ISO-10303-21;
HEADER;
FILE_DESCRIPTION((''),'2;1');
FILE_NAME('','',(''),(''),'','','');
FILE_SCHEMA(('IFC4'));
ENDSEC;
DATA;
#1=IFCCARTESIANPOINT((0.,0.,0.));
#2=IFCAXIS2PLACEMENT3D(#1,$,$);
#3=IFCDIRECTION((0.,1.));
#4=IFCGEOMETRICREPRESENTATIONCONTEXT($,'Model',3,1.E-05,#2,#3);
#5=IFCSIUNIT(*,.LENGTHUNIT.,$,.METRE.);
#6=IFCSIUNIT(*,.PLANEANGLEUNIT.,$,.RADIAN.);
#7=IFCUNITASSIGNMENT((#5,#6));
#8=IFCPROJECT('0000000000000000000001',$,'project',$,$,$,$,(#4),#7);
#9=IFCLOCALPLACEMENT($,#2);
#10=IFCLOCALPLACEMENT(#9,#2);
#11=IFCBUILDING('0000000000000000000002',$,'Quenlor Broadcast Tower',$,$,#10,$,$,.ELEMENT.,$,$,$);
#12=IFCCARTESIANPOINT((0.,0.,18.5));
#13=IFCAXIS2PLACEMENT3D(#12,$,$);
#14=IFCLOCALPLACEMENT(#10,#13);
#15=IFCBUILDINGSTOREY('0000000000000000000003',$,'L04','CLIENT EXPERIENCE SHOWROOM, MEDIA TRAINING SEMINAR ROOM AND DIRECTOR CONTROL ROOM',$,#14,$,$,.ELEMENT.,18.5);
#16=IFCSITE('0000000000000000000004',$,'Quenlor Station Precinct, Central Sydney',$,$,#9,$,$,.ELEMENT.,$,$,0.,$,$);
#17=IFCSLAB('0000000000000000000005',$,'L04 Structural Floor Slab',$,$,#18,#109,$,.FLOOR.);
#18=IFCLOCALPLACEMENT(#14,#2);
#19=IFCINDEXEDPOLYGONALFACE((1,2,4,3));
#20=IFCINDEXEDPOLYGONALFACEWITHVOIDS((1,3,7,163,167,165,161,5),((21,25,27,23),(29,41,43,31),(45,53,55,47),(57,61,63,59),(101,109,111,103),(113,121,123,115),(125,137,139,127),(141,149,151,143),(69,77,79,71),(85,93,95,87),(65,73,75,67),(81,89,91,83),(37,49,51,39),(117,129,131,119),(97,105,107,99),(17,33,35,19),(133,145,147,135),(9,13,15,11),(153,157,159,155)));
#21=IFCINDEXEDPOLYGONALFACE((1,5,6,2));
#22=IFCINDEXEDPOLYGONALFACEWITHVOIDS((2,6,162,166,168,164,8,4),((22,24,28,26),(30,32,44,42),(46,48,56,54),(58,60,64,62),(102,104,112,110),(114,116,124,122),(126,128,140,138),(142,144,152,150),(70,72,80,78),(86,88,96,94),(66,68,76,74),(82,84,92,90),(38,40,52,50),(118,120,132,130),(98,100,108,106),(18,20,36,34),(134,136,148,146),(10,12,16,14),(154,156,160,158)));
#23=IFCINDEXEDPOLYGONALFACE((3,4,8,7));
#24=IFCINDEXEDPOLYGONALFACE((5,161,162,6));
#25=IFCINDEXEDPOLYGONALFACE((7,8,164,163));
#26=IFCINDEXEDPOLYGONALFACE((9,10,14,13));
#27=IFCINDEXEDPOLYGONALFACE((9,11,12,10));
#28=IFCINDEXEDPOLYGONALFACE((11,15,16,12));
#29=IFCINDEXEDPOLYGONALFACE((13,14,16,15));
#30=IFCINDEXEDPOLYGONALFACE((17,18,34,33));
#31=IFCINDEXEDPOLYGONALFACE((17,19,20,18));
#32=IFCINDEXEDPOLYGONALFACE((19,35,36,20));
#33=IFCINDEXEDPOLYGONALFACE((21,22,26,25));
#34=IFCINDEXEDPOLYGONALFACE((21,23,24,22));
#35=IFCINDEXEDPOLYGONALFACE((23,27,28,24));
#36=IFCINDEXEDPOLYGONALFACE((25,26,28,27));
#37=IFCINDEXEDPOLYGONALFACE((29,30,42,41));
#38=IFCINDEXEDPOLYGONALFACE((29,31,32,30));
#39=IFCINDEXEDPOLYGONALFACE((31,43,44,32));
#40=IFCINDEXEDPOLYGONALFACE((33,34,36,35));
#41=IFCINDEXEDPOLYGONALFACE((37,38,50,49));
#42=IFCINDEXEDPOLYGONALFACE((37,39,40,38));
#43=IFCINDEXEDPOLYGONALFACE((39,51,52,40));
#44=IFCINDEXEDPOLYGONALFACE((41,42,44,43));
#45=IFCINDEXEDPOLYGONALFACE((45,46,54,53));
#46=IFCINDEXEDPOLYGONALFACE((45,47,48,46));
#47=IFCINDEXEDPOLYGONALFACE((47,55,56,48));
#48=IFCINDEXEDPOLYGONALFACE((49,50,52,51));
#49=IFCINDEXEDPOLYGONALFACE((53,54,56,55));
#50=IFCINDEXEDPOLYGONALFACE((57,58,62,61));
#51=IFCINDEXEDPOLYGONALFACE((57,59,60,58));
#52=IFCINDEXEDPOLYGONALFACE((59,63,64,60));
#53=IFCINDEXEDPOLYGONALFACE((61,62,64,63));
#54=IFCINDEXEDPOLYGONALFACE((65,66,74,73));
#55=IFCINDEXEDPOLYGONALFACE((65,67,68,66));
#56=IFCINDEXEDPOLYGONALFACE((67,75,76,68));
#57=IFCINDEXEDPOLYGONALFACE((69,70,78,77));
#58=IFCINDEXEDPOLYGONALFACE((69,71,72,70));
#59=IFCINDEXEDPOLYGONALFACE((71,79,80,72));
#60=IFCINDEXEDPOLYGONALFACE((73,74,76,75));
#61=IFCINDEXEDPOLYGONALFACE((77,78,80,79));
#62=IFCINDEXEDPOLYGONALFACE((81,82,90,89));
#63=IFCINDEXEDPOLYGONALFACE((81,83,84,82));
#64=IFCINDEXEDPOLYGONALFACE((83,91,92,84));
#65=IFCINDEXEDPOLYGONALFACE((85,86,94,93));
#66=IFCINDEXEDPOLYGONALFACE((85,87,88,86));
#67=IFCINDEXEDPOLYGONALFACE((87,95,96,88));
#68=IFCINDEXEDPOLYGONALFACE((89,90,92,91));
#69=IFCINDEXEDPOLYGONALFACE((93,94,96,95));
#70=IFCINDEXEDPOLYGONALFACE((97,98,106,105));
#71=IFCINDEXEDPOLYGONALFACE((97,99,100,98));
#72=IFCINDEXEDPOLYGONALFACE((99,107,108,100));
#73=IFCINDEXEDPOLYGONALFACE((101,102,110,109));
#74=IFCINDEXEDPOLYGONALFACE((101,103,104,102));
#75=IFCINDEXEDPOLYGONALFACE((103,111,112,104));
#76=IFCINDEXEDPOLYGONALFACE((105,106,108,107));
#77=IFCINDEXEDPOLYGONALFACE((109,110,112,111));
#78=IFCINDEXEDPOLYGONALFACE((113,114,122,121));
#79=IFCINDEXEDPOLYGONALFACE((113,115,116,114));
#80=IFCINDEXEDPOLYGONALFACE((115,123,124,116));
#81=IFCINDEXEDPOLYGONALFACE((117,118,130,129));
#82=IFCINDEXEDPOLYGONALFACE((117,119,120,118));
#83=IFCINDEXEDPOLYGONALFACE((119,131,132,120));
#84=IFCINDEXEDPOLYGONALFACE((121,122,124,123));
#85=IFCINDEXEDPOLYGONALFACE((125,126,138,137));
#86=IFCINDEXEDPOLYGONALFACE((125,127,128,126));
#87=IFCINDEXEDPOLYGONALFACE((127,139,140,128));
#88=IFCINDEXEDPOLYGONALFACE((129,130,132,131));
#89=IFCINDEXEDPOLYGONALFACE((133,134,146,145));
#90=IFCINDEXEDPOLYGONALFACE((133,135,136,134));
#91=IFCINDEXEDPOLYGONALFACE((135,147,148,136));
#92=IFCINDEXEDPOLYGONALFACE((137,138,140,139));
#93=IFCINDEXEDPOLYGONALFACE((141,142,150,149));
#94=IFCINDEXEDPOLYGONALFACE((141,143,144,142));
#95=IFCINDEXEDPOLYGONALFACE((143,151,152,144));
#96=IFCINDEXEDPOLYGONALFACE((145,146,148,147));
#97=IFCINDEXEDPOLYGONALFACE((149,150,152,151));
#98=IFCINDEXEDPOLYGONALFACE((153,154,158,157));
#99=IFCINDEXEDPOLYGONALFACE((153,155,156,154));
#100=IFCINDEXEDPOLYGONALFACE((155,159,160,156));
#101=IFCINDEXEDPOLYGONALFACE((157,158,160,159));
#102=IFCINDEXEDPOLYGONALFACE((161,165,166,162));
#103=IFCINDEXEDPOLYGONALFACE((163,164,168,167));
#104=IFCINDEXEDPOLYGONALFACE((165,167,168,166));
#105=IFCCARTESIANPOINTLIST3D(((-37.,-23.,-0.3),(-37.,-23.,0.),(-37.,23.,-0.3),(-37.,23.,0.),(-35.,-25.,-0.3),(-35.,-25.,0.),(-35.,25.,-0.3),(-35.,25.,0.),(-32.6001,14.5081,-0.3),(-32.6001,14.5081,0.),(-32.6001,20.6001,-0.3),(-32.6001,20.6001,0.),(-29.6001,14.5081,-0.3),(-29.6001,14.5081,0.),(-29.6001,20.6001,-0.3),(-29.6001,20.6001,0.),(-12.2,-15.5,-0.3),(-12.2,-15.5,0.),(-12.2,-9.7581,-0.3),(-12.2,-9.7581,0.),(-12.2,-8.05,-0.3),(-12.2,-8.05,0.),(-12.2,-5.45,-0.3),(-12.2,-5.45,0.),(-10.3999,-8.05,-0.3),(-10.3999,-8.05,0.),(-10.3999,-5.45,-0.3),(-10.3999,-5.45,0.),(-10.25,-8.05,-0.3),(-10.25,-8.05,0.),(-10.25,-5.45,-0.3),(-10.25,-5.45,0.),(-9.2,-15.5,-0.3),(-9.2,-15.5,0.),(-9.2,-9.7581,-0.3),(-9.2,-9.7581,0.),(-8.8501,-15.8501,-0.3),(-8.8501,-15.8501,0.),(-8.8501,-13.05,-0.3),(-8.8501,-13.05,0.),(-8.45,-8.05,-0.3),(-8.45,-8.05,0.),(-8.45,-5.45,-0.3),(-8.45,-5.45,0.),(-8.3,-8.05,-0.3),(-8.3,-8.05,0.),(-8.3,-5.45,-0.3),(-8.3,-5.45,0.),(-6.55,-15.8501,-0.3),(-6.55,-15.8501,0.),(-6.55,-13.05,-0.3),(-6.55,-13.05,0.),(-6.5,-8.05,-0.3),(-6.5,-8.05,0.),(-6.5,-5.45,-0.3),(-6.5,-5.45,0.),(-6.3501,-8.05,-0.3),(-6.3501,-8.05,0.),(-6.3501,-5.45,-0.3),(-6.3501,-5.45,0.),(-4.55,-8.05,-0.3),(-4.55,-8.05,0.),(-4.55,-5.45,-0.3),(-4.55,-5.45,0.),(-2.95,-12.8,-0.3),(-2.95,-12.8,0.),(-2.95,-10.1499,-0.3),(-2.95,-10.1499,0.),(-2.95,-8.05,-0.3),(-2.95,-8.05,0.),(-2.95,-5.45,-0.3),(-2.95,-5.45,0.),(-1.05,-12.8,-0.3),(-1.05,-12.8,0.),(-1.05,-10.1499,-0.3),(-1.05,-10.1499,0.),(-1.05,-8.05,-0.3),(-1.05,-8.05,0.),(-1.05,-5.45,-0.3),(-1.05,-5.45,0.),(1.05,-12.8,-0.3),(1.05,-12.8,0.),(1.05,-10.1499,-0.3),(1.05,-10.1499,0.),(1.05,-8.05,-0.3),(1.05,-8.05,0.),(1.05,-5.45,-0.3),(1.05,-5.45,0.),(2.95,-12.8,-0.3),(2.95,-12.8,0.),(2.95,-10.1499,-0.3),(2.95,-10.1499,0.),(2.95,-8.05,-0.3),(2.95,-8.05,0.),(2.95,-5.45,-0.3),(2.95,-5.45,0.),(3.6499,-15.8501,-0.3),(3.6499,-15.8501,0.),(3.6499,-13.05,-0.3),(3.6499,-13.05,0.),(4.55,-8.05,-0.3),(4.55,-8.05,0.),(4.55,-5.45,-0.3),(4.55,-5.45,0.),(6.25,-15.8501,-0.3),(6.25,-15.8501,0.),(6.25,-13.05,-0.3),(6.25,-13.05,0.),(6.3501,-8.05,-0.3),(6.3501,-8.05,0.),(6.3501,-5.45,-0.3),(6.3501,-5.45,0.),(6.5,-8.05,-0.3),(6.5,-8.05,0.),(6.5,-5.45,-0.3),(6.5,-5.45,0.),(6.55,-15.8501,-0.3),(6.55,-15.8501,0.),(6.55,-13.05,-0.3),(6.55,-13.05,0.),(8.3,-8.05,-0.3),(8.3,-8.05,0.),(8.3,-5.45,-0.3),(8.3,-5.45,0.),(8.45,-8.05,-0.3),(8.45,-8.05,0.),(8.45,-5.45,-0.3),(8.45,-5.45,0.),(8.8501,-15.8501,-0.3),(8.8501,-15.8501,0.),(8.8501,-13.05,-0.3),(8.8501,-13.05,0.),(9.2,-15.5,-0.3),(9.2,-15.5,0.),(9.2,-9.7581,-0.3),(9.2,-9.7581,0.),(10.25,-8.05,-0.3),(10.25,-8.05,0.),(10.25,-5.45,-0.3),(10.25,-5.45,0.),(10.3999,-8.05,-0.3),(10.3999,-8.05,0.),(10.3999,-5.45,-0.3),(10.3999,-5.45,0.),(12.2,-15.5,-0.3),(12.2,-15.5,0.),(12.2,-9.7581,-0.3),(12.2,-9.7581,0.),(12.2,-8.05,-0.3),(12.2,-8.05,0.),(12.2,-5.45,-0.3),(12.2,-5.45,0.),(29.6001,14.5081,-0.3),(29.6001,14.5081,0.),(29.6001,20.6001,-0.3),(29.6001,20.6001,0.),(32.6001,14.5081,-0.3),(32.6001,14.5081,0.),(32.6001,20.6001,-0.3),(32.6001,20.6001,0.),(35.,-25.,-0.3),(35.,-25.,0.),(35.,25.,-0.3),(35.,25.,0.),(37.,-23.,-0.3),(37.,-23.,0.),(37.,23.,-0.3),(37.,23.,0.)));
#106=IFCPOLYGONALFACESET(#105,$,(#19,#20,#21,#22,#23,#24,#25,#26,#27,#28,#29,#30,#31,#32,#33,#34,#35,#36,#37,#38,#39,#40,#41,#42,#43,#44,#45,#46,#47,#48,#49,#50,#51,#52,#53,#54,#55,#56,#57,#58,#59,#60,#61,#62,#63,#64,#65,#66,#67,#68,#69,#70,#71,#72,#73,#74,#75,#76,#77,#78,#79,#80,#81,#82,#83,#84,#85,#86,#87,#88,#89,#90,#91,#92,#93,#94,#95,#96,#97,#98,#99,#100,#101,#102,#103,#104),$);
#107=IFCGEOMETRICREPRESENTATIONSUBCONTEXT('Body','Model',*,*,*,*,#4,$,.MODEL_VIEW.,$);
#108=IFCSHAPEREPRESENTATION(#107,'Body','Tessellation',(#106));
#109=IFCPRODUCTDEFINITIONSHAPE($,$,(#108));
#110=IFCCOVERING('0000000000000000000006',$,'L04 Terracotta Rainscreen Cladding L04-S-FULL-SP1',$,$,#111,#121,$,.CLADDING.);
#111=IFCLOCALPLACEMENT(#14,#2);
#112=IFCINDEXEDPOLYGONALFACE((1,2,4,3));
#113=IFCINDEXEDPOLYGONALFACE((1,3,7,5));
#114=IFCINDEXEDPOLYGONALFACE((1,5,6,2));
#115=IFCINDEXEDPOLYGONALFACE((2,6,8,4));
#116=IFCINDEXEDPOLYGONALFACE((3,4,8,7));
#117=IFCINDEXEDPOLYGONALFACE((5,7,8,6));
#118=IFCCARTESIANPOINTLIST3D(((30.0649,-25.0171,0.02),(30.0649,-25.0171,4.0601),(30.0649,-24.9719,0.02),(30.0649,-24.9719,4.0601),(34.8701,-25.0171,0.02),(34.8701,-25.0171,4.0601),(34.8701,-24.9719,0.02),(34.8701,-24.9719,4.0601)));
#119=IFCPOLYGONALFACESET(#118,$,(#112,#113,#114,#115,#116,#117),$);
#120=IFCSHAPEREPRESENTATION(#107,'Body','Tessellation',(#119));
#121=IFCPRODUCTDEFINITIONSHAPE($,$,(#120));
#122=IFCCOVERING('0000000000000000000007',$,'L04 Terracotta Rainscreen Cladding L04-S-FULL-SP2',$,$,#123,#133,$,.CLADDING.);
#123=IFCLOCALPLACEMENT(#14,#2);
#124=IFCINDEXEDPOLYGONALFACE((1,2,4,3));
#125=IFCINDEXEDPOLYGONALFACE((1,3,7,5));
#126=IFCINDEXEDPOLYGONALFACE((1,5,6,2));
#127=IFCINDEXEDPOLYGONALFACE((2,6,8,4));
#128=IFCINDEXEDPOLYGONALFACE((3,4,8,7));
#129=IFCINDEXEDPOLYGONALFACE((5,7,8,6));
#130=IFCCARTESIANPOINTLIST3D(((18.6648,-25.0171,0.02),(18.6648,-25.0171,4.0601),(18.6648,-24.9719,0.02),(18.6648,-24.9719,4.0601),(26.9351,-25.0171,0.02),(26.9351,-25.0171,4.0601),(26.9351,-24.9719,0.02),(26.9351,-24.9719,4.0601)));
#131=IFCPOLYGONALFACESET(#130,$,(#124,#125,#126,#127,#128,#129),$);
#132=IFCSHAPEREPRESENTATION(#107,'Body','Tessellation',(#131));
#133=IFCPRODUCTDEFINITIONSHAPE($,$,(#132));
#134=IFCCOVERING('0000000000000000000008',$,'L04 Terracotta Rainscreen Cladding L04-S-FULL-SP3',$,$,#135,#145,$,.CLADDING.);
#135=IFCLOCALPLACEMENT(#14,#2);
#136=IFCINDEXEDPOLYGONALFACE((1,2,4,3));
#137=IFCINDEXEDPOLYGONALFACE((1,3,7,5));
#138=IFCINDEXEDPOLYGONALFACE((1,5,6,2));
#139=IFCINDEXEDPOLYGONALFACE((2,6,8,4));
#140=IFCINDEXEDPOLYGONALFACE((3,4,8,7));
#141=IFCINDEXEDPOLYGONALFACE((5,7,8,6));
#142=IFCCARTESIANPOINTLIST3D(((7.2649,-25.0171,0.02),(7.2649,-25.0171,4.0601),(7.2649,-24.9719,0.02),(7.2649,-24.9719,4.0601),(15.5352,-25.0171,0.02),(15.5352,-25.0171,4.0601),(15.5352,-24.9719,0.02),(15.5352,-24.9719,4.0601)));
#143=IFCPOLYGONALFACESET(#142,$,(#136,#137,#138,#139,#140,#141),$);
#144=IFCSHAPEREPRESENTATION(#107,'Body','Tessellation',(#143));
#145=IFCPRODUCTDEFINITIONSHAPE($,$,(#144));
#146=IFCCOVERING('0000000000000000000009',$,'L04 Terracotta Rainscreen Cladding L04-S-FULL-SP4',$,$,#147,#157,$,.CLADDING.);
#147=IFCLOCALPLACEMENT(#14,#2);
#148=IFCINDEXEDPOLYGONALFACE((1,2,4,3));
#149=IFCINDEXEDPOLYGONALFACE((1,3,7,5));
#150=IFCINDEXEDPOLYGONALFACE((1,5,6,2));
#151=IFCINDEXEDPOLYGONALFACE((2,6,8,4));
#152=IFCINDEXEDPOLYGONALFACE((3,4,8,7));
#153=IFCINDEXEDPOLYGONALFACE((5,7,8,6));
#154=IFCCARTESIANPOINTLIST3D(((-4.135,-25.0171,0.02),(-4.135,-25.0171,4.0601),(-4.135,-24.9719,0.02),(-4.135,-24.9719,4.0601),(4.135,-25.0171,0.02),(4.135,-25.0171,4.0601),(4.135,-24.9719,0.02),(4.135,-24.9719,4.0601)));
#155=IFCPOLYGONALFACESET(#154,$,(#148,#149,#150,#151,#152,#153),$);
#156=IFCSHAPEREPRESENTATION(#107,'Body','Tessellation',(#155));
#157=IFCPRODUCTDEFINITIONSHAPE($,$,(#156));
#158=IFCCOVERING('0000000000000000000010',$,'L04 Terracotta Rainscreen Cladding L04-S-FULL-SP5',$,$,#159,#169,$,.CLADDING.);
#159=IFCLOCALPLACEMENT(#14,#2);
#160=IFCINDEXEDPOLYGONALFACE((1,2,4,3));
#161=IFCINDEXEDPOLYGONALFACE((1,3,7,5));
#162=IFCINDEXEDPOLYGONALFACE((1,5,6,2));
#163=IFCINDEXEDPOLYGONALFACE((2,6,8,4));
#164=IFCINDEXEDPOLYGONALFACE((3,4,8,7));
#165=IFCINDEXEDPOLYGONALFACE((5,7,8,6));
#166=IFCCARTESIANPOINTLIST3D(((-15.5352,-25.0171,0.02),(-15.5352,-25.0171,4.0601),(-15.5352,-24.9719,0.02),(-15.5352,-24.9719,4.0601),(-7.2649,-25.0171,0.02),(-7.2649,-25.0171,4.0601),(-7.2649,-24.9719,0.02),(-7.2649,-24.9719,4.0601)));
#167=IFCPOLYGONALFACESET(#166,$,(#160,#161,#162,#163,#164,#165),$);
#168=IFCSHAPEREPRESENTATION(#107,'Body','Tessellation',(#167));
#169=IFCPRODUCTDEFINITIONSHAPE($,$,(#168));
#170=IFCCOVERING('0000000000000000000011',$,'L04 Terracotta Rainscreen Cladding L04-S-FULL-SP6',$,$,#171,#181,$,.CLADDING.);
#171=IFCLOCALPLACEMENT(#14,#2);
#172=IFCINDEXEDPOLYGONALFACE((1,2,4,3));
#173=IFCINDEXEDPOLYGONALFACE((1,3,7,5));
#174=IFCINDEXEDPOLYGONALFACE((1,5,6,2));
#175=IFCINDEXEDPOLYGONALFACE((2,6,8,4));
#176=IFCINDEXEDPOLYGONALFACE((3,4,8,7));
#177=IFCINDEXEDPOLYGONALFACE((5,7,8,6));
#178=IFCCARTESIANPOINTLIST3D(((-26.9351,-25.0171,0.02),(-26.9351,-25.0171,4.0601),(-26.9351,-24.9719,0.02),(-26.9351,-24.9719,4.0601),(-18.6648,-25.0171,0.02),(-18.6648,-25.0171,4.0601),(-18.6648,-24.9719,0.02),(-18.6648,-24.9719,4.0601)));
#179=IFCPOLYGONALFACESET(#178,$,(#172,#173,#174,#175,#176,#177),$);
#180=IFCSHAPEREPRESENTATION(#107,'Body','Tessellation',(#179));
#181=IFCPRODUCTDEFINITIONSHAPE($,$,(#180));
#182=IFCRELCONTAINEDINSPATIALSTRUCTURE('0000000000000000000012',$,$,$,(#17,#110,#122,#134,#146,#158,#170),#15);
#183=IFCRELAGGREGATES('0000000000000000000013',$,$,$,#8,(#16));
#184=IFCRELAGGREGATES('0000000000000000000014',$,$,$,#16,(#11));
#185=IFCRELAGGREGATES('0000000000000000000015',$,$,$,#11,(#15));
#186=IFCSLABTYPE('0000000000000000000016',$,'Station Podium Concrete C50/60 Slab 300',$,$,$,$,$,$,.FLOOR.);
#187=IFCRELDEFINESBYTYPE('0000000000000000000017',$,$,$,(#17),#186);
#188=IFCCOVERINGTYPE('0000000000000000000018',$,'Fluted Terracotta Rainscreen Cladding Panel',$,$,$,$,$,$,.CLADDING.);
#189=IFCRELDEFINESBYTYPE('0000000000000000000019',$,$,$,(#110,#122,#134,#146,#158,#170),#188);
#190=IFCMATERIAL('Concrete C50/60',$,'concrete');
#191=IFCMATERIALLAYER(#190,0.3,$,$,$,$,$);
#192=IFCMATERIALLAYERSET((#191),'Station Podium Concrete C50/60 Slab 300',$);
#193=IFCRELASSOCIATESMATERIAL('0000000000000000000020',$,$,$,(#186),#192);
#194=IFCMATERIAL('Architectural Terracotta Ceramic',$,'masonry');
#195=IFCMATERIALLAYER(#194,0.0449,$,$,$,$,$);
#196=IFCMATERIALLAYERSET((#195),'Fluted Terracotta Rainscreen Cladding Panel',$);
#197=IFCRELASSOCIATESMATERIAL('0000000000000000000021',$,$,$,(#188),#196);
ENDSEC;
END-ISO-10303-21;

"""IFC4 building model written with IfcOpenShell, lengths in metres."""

from ifc_helpers import new_model, si_unit, direction, frame, origin, place, context, subcontext, project, spatial, polyline, outline, extrude, material, layer, layer_set, type_object, element, save


model = new_model("IFC4")

# Units and contexts
model_context = context("Model", 3, precision=1e-05, world=origin(), true_north=direction((0.0, 1.0)))
body_context = subcontext(model_context, "Body", "Model", "MODEL_VIEW")
ifc_project = project(units=[si_unit("LENGTHUNIT", "METRE"), si_unit("PLANEANGLEUNIT", "RADIAN")], contexts=[model_context])

# Site, building, storey
site_placement = place(None, origin())
site = spatial("IfcSite", under=ifc_project, at=site_placement, Name="Quenlor Station Precinct, Central Sydney", CompositionType="ELEMENT", RefElevation=0.0)
building_placement = place(site_placement, origin())
building = spatial("IfcBuilding", under=site, at=building_placement, Name="Quenlor Broadcast Tower", CompositionType="ELEMENT")
storey_placement = place(building_placement, frame((0.0, 0.0, 18.5)))
storey = spatial("IfcBuildingStorey", under=building, at=storey_placement, Name="L04", Description="CLIENT EXPERIENCE SHOWROOM, MEDIA TRAINING SEMINAR ROOM AND DIRECTOR CONTROL ROOM", CompositionType="ELEMENT", Elevation=18.5)

# Slab
ifc_material_1 = material(Name="Concrete C50/60", Category="concrete")
ifc_layer_1 = layer(ifc_material_1, 0.3)
ifc_layer_set_1 = layer_set([ifc_layer_1], Name="Station Podium Concrete C50/60 Slab 300")
slab_type = type_object("IfcSlabType", Name="Station Podium Concrete C50/60 Slab 300", PredefinedType="FLOOR", material=ifc_layer_set_1)
slab_placement = place(storey_placement, frame((0.0, 0.0, -0.3)))
element("IfcSlab", 1, at=slab_placement, inside=storey, type_object=slab_type, Name="L04 Structural Floor Slab", PredefinedType="FLOOR", context=body_context, shape_type="SweptSolid", body=[
    extrude(outline(polyline([(-35.0, -25.0), (35.0, -25.0), (37.0, -23.0), (37.0, 23.0), (35.0, 25.0), (-35.0, 25.0), (-37.0, 23.0), (-37.0, -23.0), (-35.0, -25.0)]), holes=[polyline([(-12.2, -9.7581), (-12.2, -15.5), (-9.2, -15.5), (-9.2, -9.7581), (-12.2, -9.7581)]), polyline([(9.2, -9.7581), (9.2, -15.5), (12.2, -15.5), (12.2, -9.7581), (9.2, -9.7581)]), polyline([(-29.6001, 14.5081), (-29.6001, 20.6001), (-32.6001, 20.6001), (-32.6001, 14.5081), (-29.6001, 14.5081)]), polyline([(32.6001, 14.5081), (32.6001, 20.6001), (29.6001, 20.6001), (29.6001, 14.5081), (32.6001, 14.5081)]), polyline([(-12.2, -8.05), (-10.3999, -8.05), (-10.3999, -5.45), (-12.2, -5.45), (-12.2, -8.05)]), polyline([(-10.25, -8.05), (-8.45, -8.05), (-8.45, -5.45), (-10.25, -5.45), (-10.25, -8.05)]), polyline([(-8.3, -8.05), (-6.5, -8.05), (-6.5, -5.45), (-8.3, -5.45), (-8.3, -8.05)]), polyline([(-6.3501, -8.05), (-4.55, -8.05), (-4.55, -5.45), (-6.3501, -5.45), (-6.3501, -8.05)]), polyline([(-2.95, -8.05), (-1.05, -8.05), (-1.05, -5.45), (-2.95, -5.45), (-2.95, -8.05)]), polyline([(1.05, -8.05), (2.95, -8.05), (2.95, -5.45), (1.05, -5.45), (1.05, -8.05)]), polyline([(-2.95, -12.8), (-1.05, -12.8), (-1.05, -10.1499), (-2.95, -10.1499), (-2.95, -12.8)]), polyline([(1.05, -12.8), (2.95, -12.8), (2.95, -10.1499), (1.05, -10.1499), (1.05, -12.8)]), polyline([(4.55, -8.05), (6.3501, -8.05), (6.3501, -5.45), (4.55, -5.45), (4.55, -8.05)]), polyline([(6.5, -8.05), (8.3, -8.05), (8.3, -5.45), (6.5, -5.45), (6.5, -8.05)]), polyline([(8.45, -8.05), (10.25, -8.05), (10.25, -5.45), (8.45, -5.45), (8.45, -8.05)]), polyline([(10.3999, -8.05), (12.2, -8.05), (12.2, -5.45), (10.3999, -5.45), (10.3999, -8.05)]), polyline([(-8.8501, -15.8501), (-6.55, -15.8501), (-6.55, -13.05), (-8.8501, -13.05), (-8.8501, -15.8501)]), polyline([(6.55, -15.8501), (8.8501, -15.8501), (8.8501, -13.05), (6.55, -13.05), (6.55, -15.8501)]), polyline([(3.6499, -15.8501), (6.25, -15.8501), (6.25, -13.05), (3.6499, -13.05), (3.6499, -15.8501)])]), origin(), (0.0, 0.0, 1.0), 0.3),
])

# Coverings
ifc_material_2 = material(Name="Architectural Terracotta Ceramic", Category="masonry")
ifc_layer_2 = layer(ifc_material_2, 0.0449)
ifc_layer_set_2 = layer_set([ifc_layer_2], Name="Fluted Terracotta Rainscreen Cladding Panel")
covering_type = type_object("IfcCoveringType", Name="Fluted Terracotta Rainscreen Cladding Panel", PredefinedType="CLADDING", material=ifc_layer_set_2)
covering_1_placement = place(storey_placement, frame((0.0, 0.0, 0.02)))
element("IfcCovering", 2, at=covering_1_placement, inside=storey, type_object=covering_type, Name="L04 Terracotta Rainscreen Cladding L04-S-FULL-SP1", PredefinedType="CLADDING", context=body_context, shape_type="SweptSolid", body=[
    extrude(outline(polyline([(34.8701, -24.9719), (30.0649, -24.9719), (30.0649, -25.0171), (34.8701, -25.0171), (34.8701, -24.9719)])), origin(), (0.0, 0.0, 1.0), 4.04),
])
covering_2_placement = place(storey_placement, frame((0.0, 0.0, 0.02)))
element("IfcCovering", 3, at=covering_2_placement, inside=storey, type_object=covering_type, Name="L04 Terracotta Rainscreen Cladding L04-S-FULL-SP2", PredefinedType="CLADDING", context=body_context, shape_type="SweptSolid", body=[
    extrude(outline(polyline([(26.9351, -24.9719), (18.6648, -24.9719), (18.6648, -25.0171), (26.9351, -25.0171), (26.9351, -24.9719)])), origin(), (0.0, 0.0, 1.0), 4.04),
])
covering_3_placement = place(storey_placement, frame((0.0, 0.0, 0.02)))
element("IfcCovering", 4, at=covering_3_placement, inside=storey, type_object=covering_type, Name="L04 Terracotta Rainscreen Cladding L04-S-FULL-SP3", PredefinedType="CLADDING", context=body_context, shape_type="SweptSolid", body=[
    extrude(outline(polyline([(15.5352, -24.9719), (7.2649, -24.9719), (7.2649, -25.0171), (15.5352, -25.0171), (15.5352, -24.9719)])), origin(), (0.0, 0.0, 1.0), 4.04),
])
covering_4_placement = place(storey_placement, frame((0.0, 0.0, 0.02)))
element("IfcCovering", 5, at=covering_4_placement, inside=storey, type_object=covering_type, Name="L04 Terracotta Rainscreen Cladding L04-S-FULL-SP4", PredefinedType="CLADDING", context=body_context, shape_type="SweptSolid", body=[
    extrude(outline(polyline([(4.135, -24.9719), (-4.135, -24.9719), (-4.135, -25.0171), (4.135, -25.0171), (4.135, -24.9719)])), origin(), (0.0, 0.0, 1.0), 4.04),
])
covering_5_placement = place(storey_placement, frame((0.0, 0.0, 0.02)))
element("IfcCovering", 6, at=covering_5_placement, inside=storey, type_object=covering_type, Name="L04 Terracotta Rainscreen Cladding L04-S-FULL-SP5", PredefinedType="CLADDING", context=body_context, shape_type="SweptSolid", body=[
    extrude(outline(polyline([(-7.2649, -24.9719), (-15.5352, -24.9719), (-15.5352, -25.0171), (-7.2649, -25.0171), (-7.2649, -24.9719)])), origin(), (0.0, 0.0, 1.0), 4.04),
])
covering_6_placement = place(storey_placement, frame((0.0, 0.0, 0.02)))
element("IfcCovering", 7, at=covering_6_placement, inside=storey, type_object=covering_type, Name="L04 Terracotta Rainscreen Cladding L04-S-FULL-SP6", PredefinedType="CLADDING", context=body_context, shape_type="SweptSolid", body=[
    extrude(outline(polyline([(-18.6648, -24.9719), (-26.9351, -24.9719), (-26.9351, -25.0171), (-18.6648, -25.0171), (-18.6648, -24.9719)])), origin(), (0.0, 0.0, 1.0), 4.04),
])

save(model, "model.ifc")
